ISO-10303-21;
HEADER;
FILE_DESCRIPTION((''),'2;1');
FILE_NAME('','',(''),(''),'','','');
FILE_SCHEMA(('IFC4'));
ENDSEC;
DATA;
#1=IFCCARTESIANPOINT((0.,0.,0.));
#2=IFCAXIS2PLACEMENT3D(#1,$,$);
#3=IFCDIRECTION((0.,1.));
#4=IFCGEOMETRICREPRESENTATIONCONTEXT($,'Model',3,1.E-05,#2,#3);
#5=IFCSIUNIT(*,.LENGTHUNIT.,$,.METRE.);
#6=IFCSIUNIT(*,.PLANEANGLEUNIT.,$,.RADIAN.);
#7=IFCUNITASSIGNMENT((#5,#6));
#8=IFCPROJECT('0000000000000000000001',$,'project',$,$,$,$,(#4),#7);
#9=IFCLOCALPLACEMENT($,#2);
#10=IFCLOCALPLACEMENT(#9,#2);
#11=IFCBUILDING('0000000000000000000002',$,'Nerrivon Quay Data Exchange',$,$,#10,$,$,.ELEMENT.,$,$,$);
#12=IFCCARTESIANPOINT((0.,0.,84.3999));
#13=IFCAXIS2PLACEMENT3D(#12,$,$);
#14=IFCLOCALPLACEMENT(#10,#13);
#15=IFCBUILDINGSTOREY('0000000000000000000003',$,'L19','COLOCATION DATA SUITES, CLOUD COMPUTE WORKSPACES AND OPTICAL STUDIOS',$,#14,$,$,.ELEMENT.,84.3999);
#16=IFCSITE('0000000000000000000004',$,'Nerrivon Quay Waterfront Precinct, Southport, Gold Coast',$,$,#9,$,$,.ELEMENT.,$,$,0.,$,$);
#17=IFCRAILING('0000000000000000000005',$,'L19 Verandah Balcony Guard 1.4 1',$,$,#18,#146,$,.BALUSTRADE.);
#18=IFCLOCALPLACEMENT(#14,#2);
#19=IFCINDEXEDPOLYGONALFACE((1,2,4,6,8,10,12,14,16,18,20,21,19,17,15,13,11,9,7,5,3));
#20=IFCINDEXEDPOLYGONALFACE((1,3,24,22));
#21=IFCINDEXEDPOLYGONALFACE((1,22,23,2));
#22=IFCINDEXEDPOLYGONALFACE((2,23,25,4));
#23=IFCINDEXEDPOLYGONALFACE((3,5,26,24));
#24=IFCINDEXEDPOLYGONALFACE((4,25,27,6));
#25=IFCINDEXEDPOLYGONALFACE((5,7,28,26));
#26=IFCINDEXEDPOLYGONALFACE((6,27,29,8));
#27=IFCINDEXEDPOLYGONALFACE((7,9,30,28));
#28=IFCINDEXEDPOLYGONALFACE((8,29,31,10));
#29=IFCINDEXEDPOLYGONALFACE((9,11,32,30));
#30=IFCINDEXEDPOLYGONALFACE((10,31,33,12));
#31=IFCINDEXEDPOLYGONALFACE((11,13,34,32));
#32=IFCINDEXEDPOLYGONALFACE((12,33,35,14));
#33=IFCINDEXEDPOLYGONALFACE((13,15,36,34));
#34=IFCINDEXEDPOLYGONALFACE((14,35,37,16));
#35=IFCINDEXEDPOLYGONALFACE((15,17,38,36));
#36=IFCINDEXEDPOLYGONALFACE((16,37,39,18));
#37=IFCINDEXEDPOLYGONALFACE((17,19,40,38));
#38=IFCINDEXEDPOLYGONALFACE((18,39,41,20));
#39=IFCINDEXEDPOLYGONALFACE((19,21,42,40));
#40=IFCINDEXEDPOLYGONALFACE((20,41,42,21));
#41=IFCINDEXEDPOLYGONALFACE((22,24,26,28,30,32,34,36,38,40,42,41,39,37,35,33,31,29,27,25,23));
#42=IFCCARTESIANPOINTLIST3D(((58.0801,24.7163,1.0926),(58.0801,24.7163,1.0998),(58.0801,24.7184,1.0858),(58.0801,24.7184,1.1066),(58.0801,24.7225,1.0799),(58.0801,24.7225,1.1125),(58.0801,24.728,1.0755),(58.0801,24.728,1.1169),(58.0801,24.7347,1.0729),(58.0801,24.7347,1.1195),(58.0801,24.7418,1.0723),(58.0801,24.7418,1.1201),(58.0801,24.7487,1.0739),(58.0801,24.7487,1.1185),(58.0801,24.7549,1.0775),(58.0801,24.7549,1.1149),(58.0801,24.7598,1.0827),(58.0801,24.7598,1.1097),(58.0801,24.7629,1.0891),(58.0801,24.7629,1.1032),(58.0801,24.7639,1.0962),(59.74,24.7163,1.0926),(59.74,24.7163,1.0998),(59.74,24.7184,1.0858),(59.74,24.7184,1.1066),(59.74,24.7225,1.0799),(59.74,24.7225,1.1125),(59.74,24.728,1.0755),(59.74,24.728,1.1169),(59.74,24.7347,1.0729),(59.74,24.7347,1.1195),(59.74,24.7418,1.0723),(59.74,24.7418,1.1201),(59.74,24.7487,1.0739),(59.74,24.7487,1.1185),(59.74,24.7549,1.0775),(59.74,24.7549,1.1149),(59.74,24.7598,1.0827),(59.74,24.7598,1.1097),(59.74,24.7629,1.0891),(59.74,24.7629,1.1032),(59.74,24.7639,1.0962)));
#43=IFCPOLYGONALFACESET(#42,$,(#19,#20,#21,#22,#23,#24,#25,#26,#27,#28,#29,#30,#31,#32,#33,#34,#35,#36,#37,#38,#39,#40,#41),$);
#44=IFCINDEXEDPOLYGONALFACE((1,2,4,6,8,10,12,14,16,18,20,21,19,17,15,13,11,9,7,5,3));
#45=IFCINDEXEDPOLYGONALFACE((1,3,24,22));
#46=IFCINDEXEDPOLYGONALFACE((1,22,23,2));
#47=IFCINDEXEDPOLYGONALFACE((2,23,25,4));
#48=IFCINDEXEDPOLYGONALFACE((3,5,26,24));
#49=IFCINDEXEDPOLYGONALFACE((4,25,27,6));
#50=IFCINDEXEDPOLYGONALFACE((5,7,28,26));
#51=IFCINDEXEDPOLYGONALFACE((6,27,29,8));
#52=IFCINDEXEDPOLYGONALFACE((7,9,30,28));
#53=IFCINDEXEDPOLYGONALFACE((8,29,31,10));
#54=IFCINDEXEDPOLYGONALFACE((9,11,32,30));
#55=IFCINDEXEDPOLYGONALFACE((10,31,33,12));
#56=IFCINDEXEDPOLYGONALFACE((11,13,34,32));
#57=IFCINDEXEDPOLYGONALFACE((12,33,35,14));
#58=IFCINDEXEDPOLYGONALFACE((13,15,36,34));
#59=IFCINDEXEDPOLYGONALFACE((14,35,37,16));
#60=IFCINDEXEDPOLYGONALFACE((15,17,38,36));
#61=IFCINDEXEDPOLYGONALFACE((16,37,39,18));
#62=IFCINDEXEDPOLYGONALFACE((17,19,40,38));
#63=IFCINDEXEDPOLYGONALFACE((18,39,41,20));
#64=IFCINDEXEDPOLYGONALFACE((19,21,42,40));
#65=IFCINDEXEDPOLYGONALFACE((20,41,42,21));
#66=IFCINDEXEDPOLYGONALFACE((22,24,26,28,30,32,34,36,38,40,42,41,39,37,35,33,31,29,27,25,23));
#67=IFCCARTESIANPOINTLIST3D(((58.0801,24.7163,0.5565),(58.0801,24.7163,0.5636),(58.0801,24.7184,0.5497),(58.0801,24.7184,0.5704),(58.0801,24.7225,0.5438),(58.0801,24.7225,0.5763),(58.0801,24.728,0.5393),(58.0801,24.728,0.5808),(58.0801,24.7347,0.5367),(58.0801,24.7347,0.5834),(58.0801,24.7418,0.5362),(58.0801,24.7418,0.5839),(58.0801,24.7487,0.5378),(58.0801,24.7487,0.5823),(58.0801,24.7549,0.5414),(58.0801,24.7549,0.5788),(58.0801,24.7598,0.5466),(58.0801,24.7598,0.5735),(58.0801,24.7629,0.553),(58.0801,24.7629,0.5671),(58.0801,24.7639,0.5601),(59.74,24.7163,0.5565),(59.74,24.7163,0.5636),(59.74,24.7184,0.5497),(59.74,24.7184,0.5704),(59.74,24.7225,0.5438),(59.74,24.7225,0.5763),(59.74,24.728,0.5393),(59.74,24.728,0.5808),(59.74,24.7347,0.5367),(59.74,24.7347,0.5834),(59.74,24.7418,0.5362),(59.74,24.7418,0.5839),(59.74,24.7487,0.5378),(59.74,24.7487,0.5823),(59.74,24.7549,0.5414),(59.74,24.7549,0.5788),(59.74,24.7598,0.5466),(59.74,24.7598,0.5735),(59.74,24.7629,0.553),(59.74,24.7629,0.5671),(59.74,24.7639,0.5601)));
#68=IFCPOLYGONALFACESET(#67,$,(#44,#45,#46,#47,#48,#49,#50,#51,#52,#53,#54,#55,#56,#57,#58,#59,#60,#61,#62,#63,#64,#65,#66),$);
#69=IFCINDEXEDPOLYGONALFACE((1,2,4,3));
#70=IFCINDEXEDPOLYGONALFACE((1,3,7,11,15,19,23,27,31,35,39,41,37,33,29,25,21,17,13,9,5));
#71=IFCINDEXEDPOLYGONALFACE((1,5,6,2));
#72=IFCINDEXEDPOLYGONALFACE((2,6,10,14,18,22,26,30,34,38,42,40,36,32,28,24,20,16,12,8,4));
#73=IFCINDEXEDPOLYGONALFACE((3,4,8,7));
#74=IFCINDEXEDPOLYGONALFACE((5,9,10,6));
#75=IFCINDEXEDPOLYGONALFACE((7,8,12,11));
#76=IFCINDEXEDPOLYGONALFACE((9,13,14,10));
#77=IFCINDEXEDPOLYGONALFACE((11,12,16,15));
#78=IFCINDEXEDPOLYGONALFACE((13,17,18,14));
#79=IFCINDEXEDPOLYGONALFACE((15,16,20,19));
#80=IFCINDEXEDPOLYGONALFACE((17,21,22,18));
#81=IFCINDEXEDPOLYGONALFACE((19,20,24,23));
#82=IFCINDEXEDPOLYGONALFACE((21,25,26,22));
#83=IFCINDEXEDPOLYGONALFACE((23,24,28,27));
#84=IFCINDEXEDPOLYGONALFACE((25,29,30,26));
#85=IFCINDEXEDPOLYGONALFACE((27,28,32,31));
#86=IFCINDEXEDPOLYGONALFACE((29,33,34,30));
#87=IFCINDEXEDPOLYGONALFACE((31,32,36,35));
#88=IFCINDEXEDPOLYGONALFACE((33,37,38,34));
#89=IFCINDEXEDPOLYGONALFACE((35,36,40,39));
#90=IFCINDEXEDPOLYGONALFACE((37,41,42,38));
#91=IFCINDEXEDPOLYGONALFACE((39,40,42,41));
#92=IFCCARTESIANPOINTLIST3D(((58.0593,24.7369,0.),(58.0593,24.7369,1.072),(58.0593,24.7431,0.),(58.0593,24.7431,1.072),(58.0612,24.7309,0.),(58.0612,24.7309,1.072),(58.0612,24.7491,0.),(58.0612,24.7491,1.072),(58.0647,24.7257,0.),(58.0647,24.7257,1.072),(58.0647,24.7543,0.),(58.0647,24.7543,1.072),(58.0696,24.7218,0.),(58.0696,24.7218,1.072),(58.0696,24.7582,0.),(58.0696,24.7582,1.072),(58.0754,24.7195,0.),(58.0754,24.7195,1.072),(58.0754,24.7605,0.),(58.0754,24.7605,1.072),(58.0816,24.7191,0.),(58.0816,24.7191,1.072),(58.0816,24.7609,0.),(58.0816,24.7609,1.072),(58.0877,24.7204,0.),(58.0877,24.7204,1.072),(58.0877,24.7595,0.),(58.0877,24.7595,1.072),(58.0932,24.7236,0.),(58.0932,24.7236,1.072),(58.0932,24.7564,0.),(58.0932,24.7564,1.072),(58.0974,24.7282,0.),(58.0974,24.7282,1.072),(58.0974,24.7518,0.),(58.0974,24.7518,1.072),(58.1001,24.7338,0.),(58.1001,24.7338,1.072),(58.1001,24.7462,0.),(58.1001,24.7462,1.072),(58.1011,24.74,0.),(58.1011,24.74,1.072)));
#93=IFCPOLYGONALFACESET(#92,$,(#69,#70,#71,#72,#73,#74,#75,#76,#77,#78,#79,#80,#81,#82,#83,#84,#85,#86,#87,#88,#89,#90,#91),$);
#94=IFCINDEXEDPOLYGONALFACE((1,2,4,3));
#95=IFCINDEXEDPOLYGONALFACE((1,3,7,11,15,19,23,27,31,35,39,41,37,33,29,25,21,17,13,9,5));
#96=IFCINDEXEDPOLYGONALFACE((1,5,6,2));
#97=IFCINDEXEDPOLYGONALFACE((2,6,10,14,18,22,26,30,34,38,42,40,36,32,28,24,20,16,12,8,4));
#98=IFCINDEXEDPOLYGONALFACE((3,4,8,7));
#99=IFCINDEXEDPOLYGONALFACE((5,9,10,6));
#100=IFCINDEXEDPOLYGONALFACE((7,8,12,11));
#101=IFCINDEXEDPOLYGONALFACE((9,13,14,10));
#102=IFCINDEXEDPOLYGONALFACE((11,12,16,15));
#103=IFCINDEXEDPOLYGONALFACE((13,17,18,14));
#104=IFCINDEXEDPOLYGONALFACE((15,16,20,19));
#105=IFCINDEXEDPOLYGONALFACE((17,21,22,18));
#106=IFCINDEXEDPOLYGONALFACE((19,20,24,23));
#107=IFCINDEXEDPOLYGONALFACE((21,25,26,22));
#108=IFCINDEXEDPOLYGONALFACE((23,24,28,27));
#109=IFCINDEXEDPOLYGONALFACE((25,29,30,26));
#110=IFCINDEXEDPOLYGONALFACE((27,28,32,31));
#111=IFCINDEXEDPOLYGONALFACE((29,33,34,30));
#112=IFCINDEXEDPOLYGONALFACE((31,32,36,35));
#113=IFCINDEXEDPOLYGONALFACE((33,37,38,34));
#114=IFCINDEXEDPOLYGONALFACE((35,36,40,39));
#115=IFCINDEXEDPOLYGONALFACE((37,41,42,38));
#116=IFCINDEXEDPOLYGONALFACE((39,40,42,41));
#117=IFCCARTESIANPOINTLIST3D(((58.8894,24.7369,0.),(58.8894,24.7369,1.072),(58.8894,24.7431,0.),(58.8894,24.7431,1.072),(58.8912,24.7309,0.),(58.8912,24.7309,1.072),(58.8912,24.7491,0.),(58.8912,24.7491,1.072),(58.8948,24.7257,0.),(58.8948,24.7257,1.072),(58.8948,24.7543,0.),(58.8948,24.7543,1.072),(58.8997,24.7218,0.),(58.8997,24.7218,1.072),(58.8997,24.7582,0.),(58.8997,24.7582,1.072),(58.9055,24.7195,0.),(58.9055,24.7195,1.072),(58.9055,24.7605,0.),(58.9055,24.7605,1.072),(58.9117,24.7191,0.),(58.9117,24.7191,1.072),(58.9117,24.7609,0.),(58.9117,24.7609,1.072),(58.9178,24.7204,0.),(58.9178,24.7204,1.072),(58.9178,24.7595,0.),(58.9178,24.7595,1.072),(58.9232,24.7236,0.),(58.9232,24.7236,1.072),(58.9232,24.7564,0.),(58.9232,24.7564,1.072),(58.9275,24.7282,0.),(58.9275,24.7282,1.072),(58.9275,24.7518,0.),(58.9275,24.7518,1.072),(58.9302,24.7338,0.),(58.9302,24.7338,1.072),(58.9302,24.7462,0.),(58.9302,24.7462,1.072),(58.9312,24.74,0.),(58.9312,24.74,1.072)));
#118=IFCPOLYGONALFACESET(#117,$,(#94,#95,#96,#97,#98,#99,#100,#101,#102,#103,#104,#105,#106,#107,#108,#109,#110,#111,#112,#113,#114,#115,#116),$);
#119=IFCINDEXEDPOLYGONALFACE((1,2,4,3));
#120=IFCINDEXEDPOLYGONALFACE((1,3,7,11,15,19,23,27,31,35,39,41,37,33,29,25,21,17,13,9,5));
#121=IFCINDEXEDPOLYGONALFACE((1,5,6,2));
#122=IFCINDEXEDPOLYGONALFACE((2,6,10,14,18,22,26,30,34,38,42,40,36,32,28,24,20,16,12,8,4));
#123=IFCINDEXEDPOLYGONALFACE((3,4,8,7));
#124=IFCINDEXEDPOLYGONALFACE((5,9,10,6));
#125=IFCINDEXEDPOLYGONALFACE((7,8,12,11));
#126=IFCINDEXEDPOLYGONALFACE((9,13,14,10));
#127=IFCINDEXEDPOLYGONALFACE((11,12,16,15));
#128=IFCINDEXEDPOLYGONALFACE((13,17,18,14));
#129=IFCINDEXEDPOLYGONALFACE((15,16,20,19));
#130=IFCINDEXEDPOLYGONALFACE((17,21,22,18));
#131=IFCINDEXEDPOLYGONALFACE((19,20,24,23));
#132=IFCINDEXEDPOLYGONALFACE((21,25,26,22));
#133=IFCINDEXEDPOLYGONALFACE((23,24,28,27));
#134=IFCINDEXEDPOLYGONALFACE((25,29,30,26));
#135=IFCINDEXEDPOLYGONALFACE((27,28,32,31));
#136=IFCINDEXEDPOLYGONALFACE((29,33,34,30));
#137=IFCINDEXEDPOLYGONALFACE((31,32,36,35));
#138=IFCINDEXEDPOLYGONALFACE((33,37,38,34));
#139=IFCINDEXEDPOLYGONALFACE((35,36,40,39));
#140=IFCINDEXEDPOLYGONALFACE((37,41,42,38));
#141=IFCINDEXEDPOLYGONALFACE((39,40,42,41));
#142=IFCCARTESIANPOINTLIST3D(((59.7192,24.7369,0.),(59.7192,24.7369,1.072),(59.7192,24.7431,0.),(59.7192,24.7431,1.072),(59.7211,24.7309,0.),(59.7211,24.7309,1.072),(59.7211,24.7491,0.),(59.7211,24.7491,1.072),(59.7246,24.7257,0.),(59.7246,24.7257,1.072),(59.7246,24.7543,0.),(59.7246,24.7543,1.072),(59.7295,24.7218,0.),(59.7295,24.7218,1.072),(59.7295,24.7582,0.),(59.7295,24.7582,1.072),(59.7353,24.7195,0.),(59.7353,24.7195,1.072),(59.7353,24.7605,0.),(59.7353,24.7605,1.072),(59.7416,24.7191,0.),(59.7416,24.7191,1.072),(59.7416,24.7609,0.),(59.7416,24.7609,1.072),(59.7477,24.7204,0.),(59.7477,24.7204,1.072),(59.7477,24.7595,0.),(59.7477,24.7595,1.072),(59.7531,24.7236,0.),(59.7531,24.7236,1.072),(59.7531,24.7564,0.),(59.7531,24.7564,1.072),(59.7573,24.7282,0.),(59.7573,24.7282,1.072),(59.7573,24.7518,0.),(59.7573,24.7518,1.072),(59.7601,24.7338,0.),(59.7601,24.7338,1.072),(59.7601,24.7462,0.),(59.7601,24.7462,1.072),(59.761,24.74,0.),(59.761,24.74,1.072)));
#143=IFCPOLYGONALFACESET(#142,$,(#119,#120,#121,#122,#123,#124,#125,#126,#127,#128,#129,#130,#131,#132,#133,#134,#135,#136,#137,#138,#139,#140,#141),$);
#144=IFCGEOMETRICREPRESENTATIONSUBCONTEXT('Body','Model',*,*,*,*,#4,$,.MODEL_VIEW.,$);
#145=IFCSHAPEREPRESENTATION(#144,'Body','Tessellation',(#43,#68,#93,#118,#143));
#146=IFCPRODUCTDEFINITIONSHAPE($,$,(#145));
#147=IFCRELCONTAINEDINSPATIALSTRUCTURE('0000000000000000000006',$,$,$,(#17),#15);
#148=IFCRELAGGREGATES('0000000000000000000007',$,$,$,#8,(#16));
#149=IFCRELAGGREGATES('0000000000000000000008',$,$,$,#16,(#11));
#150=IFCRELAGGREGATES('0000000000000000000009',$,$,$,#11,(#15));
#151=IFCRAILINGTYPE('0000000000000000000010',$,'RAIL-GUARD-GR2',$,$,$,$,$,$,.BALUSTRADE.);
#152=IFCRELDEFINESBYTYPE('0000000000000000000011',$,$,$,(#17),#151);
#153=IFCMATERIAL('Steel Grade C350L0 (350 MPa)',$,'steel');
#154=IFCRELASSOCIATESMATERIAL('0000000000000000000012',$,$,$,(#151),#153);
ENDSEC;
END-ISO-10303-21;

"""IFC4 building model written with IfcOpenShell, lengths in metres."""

from ifc_helpers import new_model, si_unit, direction, frame, origin, origin_2d, place, context, subcontext, project, spatial, circle, extrude, material, type_object, element, save


model = new_model("IFC4")

# Units and contexts
model_context = context("Model", 3, precision=1e-05, world=origin(), true_north=direction((0.0, 1.0)))
body_context = subcontext(model_context, "Body", "Model", "MODEL_VIEW")
ifc_project = project(units=[si_unit("LENGTHUNIT", "METRE"), si_unit("PLANEANGLEUNIT", "RADIAN")], contexts=[model_context])

# Site, building, storey
site_placement = place(None, origin())
site = spatial("IfcSite", under=ifc_project, at=site_placement, Name="Nerrivon Quay Waterfront Precinct, Southport, Gold Coast", CompositionType="ELEMENT", RefElevation=0.0)
building_placement = place(site_placement, origin())
building = spatial("IfcBuilding", under=site, at=building_placement, Name="Nerrivon Quay Data Exchange", CompositionType="ELEMENT")
storey_placement = place(building_placement, frame((0.0, 0.0, 84.3999)))
storey = spatial("IfcBuildingStorey", under=building, at=storey_placement, Name="L19", Description="COLOCATION DATA SUITES, CLOUD COMPUTE WORKSPACES AND OPTICAL STUDIOS", CompositionType="ELEMENT", Elevation=84.3999)

# Railing
ifc_material_1 = material(Name="Steel Grade C350L0 (350 MPa)", Category="steel")
railing_type = type_object("IfcRailingType", Name="RAIL-GUARD-GR2", PredefinedType="BALUSTRADE", material=ifc_material_1)
railing_1_placement = place(storey_placement, frame((58.0801, 24.74, 0.0)))
element("IfcRailing", 1, at=railing_1_placement, inside=storey, type_object=railing_type, Name="L19 Verandah Balcony Guard 1.4 1", PredefinedType="BALUSTRADE", context=body_context, shape_type="SweptSolid", body=[
    extrude(circle(Radius=0.0239, at=origin_2d()), frame((0.0, 0.0, 1.0962), z_axis=(1.0, 0.0, 0.0), x_axis=(0.0, 1.0, 0.0)), (0.0, 0.0, 1.0), 1.6599),
    extrude(circle(Radius=0.0239, at=origin_2d()), frame((0.0, 0.0, 0.5601), z_axis=(1.0, 0.0, 0.0), x_axis=(0.0, 1.0, 0.0)), (0.0, 0.0, 1.0), 1.6599),
    extrude(circle(Radius=0.021, at=origin_2d()), origin(), (0.0, 0.0, 1.0), 1.072),
    extrude(circle(Radius=0.021, at=origin_2d()), frame((0.8301, 0.0, 0.0)), (0.0, 0.0, 1.0), 1.072),
    extrude(circle(Radius=0.021, at=origin_2d()), frame((1.6599, 0.0, 0.0)), (0.0, 0.0, 1.0), 1.072),
])

save(model, "model.ifc")
